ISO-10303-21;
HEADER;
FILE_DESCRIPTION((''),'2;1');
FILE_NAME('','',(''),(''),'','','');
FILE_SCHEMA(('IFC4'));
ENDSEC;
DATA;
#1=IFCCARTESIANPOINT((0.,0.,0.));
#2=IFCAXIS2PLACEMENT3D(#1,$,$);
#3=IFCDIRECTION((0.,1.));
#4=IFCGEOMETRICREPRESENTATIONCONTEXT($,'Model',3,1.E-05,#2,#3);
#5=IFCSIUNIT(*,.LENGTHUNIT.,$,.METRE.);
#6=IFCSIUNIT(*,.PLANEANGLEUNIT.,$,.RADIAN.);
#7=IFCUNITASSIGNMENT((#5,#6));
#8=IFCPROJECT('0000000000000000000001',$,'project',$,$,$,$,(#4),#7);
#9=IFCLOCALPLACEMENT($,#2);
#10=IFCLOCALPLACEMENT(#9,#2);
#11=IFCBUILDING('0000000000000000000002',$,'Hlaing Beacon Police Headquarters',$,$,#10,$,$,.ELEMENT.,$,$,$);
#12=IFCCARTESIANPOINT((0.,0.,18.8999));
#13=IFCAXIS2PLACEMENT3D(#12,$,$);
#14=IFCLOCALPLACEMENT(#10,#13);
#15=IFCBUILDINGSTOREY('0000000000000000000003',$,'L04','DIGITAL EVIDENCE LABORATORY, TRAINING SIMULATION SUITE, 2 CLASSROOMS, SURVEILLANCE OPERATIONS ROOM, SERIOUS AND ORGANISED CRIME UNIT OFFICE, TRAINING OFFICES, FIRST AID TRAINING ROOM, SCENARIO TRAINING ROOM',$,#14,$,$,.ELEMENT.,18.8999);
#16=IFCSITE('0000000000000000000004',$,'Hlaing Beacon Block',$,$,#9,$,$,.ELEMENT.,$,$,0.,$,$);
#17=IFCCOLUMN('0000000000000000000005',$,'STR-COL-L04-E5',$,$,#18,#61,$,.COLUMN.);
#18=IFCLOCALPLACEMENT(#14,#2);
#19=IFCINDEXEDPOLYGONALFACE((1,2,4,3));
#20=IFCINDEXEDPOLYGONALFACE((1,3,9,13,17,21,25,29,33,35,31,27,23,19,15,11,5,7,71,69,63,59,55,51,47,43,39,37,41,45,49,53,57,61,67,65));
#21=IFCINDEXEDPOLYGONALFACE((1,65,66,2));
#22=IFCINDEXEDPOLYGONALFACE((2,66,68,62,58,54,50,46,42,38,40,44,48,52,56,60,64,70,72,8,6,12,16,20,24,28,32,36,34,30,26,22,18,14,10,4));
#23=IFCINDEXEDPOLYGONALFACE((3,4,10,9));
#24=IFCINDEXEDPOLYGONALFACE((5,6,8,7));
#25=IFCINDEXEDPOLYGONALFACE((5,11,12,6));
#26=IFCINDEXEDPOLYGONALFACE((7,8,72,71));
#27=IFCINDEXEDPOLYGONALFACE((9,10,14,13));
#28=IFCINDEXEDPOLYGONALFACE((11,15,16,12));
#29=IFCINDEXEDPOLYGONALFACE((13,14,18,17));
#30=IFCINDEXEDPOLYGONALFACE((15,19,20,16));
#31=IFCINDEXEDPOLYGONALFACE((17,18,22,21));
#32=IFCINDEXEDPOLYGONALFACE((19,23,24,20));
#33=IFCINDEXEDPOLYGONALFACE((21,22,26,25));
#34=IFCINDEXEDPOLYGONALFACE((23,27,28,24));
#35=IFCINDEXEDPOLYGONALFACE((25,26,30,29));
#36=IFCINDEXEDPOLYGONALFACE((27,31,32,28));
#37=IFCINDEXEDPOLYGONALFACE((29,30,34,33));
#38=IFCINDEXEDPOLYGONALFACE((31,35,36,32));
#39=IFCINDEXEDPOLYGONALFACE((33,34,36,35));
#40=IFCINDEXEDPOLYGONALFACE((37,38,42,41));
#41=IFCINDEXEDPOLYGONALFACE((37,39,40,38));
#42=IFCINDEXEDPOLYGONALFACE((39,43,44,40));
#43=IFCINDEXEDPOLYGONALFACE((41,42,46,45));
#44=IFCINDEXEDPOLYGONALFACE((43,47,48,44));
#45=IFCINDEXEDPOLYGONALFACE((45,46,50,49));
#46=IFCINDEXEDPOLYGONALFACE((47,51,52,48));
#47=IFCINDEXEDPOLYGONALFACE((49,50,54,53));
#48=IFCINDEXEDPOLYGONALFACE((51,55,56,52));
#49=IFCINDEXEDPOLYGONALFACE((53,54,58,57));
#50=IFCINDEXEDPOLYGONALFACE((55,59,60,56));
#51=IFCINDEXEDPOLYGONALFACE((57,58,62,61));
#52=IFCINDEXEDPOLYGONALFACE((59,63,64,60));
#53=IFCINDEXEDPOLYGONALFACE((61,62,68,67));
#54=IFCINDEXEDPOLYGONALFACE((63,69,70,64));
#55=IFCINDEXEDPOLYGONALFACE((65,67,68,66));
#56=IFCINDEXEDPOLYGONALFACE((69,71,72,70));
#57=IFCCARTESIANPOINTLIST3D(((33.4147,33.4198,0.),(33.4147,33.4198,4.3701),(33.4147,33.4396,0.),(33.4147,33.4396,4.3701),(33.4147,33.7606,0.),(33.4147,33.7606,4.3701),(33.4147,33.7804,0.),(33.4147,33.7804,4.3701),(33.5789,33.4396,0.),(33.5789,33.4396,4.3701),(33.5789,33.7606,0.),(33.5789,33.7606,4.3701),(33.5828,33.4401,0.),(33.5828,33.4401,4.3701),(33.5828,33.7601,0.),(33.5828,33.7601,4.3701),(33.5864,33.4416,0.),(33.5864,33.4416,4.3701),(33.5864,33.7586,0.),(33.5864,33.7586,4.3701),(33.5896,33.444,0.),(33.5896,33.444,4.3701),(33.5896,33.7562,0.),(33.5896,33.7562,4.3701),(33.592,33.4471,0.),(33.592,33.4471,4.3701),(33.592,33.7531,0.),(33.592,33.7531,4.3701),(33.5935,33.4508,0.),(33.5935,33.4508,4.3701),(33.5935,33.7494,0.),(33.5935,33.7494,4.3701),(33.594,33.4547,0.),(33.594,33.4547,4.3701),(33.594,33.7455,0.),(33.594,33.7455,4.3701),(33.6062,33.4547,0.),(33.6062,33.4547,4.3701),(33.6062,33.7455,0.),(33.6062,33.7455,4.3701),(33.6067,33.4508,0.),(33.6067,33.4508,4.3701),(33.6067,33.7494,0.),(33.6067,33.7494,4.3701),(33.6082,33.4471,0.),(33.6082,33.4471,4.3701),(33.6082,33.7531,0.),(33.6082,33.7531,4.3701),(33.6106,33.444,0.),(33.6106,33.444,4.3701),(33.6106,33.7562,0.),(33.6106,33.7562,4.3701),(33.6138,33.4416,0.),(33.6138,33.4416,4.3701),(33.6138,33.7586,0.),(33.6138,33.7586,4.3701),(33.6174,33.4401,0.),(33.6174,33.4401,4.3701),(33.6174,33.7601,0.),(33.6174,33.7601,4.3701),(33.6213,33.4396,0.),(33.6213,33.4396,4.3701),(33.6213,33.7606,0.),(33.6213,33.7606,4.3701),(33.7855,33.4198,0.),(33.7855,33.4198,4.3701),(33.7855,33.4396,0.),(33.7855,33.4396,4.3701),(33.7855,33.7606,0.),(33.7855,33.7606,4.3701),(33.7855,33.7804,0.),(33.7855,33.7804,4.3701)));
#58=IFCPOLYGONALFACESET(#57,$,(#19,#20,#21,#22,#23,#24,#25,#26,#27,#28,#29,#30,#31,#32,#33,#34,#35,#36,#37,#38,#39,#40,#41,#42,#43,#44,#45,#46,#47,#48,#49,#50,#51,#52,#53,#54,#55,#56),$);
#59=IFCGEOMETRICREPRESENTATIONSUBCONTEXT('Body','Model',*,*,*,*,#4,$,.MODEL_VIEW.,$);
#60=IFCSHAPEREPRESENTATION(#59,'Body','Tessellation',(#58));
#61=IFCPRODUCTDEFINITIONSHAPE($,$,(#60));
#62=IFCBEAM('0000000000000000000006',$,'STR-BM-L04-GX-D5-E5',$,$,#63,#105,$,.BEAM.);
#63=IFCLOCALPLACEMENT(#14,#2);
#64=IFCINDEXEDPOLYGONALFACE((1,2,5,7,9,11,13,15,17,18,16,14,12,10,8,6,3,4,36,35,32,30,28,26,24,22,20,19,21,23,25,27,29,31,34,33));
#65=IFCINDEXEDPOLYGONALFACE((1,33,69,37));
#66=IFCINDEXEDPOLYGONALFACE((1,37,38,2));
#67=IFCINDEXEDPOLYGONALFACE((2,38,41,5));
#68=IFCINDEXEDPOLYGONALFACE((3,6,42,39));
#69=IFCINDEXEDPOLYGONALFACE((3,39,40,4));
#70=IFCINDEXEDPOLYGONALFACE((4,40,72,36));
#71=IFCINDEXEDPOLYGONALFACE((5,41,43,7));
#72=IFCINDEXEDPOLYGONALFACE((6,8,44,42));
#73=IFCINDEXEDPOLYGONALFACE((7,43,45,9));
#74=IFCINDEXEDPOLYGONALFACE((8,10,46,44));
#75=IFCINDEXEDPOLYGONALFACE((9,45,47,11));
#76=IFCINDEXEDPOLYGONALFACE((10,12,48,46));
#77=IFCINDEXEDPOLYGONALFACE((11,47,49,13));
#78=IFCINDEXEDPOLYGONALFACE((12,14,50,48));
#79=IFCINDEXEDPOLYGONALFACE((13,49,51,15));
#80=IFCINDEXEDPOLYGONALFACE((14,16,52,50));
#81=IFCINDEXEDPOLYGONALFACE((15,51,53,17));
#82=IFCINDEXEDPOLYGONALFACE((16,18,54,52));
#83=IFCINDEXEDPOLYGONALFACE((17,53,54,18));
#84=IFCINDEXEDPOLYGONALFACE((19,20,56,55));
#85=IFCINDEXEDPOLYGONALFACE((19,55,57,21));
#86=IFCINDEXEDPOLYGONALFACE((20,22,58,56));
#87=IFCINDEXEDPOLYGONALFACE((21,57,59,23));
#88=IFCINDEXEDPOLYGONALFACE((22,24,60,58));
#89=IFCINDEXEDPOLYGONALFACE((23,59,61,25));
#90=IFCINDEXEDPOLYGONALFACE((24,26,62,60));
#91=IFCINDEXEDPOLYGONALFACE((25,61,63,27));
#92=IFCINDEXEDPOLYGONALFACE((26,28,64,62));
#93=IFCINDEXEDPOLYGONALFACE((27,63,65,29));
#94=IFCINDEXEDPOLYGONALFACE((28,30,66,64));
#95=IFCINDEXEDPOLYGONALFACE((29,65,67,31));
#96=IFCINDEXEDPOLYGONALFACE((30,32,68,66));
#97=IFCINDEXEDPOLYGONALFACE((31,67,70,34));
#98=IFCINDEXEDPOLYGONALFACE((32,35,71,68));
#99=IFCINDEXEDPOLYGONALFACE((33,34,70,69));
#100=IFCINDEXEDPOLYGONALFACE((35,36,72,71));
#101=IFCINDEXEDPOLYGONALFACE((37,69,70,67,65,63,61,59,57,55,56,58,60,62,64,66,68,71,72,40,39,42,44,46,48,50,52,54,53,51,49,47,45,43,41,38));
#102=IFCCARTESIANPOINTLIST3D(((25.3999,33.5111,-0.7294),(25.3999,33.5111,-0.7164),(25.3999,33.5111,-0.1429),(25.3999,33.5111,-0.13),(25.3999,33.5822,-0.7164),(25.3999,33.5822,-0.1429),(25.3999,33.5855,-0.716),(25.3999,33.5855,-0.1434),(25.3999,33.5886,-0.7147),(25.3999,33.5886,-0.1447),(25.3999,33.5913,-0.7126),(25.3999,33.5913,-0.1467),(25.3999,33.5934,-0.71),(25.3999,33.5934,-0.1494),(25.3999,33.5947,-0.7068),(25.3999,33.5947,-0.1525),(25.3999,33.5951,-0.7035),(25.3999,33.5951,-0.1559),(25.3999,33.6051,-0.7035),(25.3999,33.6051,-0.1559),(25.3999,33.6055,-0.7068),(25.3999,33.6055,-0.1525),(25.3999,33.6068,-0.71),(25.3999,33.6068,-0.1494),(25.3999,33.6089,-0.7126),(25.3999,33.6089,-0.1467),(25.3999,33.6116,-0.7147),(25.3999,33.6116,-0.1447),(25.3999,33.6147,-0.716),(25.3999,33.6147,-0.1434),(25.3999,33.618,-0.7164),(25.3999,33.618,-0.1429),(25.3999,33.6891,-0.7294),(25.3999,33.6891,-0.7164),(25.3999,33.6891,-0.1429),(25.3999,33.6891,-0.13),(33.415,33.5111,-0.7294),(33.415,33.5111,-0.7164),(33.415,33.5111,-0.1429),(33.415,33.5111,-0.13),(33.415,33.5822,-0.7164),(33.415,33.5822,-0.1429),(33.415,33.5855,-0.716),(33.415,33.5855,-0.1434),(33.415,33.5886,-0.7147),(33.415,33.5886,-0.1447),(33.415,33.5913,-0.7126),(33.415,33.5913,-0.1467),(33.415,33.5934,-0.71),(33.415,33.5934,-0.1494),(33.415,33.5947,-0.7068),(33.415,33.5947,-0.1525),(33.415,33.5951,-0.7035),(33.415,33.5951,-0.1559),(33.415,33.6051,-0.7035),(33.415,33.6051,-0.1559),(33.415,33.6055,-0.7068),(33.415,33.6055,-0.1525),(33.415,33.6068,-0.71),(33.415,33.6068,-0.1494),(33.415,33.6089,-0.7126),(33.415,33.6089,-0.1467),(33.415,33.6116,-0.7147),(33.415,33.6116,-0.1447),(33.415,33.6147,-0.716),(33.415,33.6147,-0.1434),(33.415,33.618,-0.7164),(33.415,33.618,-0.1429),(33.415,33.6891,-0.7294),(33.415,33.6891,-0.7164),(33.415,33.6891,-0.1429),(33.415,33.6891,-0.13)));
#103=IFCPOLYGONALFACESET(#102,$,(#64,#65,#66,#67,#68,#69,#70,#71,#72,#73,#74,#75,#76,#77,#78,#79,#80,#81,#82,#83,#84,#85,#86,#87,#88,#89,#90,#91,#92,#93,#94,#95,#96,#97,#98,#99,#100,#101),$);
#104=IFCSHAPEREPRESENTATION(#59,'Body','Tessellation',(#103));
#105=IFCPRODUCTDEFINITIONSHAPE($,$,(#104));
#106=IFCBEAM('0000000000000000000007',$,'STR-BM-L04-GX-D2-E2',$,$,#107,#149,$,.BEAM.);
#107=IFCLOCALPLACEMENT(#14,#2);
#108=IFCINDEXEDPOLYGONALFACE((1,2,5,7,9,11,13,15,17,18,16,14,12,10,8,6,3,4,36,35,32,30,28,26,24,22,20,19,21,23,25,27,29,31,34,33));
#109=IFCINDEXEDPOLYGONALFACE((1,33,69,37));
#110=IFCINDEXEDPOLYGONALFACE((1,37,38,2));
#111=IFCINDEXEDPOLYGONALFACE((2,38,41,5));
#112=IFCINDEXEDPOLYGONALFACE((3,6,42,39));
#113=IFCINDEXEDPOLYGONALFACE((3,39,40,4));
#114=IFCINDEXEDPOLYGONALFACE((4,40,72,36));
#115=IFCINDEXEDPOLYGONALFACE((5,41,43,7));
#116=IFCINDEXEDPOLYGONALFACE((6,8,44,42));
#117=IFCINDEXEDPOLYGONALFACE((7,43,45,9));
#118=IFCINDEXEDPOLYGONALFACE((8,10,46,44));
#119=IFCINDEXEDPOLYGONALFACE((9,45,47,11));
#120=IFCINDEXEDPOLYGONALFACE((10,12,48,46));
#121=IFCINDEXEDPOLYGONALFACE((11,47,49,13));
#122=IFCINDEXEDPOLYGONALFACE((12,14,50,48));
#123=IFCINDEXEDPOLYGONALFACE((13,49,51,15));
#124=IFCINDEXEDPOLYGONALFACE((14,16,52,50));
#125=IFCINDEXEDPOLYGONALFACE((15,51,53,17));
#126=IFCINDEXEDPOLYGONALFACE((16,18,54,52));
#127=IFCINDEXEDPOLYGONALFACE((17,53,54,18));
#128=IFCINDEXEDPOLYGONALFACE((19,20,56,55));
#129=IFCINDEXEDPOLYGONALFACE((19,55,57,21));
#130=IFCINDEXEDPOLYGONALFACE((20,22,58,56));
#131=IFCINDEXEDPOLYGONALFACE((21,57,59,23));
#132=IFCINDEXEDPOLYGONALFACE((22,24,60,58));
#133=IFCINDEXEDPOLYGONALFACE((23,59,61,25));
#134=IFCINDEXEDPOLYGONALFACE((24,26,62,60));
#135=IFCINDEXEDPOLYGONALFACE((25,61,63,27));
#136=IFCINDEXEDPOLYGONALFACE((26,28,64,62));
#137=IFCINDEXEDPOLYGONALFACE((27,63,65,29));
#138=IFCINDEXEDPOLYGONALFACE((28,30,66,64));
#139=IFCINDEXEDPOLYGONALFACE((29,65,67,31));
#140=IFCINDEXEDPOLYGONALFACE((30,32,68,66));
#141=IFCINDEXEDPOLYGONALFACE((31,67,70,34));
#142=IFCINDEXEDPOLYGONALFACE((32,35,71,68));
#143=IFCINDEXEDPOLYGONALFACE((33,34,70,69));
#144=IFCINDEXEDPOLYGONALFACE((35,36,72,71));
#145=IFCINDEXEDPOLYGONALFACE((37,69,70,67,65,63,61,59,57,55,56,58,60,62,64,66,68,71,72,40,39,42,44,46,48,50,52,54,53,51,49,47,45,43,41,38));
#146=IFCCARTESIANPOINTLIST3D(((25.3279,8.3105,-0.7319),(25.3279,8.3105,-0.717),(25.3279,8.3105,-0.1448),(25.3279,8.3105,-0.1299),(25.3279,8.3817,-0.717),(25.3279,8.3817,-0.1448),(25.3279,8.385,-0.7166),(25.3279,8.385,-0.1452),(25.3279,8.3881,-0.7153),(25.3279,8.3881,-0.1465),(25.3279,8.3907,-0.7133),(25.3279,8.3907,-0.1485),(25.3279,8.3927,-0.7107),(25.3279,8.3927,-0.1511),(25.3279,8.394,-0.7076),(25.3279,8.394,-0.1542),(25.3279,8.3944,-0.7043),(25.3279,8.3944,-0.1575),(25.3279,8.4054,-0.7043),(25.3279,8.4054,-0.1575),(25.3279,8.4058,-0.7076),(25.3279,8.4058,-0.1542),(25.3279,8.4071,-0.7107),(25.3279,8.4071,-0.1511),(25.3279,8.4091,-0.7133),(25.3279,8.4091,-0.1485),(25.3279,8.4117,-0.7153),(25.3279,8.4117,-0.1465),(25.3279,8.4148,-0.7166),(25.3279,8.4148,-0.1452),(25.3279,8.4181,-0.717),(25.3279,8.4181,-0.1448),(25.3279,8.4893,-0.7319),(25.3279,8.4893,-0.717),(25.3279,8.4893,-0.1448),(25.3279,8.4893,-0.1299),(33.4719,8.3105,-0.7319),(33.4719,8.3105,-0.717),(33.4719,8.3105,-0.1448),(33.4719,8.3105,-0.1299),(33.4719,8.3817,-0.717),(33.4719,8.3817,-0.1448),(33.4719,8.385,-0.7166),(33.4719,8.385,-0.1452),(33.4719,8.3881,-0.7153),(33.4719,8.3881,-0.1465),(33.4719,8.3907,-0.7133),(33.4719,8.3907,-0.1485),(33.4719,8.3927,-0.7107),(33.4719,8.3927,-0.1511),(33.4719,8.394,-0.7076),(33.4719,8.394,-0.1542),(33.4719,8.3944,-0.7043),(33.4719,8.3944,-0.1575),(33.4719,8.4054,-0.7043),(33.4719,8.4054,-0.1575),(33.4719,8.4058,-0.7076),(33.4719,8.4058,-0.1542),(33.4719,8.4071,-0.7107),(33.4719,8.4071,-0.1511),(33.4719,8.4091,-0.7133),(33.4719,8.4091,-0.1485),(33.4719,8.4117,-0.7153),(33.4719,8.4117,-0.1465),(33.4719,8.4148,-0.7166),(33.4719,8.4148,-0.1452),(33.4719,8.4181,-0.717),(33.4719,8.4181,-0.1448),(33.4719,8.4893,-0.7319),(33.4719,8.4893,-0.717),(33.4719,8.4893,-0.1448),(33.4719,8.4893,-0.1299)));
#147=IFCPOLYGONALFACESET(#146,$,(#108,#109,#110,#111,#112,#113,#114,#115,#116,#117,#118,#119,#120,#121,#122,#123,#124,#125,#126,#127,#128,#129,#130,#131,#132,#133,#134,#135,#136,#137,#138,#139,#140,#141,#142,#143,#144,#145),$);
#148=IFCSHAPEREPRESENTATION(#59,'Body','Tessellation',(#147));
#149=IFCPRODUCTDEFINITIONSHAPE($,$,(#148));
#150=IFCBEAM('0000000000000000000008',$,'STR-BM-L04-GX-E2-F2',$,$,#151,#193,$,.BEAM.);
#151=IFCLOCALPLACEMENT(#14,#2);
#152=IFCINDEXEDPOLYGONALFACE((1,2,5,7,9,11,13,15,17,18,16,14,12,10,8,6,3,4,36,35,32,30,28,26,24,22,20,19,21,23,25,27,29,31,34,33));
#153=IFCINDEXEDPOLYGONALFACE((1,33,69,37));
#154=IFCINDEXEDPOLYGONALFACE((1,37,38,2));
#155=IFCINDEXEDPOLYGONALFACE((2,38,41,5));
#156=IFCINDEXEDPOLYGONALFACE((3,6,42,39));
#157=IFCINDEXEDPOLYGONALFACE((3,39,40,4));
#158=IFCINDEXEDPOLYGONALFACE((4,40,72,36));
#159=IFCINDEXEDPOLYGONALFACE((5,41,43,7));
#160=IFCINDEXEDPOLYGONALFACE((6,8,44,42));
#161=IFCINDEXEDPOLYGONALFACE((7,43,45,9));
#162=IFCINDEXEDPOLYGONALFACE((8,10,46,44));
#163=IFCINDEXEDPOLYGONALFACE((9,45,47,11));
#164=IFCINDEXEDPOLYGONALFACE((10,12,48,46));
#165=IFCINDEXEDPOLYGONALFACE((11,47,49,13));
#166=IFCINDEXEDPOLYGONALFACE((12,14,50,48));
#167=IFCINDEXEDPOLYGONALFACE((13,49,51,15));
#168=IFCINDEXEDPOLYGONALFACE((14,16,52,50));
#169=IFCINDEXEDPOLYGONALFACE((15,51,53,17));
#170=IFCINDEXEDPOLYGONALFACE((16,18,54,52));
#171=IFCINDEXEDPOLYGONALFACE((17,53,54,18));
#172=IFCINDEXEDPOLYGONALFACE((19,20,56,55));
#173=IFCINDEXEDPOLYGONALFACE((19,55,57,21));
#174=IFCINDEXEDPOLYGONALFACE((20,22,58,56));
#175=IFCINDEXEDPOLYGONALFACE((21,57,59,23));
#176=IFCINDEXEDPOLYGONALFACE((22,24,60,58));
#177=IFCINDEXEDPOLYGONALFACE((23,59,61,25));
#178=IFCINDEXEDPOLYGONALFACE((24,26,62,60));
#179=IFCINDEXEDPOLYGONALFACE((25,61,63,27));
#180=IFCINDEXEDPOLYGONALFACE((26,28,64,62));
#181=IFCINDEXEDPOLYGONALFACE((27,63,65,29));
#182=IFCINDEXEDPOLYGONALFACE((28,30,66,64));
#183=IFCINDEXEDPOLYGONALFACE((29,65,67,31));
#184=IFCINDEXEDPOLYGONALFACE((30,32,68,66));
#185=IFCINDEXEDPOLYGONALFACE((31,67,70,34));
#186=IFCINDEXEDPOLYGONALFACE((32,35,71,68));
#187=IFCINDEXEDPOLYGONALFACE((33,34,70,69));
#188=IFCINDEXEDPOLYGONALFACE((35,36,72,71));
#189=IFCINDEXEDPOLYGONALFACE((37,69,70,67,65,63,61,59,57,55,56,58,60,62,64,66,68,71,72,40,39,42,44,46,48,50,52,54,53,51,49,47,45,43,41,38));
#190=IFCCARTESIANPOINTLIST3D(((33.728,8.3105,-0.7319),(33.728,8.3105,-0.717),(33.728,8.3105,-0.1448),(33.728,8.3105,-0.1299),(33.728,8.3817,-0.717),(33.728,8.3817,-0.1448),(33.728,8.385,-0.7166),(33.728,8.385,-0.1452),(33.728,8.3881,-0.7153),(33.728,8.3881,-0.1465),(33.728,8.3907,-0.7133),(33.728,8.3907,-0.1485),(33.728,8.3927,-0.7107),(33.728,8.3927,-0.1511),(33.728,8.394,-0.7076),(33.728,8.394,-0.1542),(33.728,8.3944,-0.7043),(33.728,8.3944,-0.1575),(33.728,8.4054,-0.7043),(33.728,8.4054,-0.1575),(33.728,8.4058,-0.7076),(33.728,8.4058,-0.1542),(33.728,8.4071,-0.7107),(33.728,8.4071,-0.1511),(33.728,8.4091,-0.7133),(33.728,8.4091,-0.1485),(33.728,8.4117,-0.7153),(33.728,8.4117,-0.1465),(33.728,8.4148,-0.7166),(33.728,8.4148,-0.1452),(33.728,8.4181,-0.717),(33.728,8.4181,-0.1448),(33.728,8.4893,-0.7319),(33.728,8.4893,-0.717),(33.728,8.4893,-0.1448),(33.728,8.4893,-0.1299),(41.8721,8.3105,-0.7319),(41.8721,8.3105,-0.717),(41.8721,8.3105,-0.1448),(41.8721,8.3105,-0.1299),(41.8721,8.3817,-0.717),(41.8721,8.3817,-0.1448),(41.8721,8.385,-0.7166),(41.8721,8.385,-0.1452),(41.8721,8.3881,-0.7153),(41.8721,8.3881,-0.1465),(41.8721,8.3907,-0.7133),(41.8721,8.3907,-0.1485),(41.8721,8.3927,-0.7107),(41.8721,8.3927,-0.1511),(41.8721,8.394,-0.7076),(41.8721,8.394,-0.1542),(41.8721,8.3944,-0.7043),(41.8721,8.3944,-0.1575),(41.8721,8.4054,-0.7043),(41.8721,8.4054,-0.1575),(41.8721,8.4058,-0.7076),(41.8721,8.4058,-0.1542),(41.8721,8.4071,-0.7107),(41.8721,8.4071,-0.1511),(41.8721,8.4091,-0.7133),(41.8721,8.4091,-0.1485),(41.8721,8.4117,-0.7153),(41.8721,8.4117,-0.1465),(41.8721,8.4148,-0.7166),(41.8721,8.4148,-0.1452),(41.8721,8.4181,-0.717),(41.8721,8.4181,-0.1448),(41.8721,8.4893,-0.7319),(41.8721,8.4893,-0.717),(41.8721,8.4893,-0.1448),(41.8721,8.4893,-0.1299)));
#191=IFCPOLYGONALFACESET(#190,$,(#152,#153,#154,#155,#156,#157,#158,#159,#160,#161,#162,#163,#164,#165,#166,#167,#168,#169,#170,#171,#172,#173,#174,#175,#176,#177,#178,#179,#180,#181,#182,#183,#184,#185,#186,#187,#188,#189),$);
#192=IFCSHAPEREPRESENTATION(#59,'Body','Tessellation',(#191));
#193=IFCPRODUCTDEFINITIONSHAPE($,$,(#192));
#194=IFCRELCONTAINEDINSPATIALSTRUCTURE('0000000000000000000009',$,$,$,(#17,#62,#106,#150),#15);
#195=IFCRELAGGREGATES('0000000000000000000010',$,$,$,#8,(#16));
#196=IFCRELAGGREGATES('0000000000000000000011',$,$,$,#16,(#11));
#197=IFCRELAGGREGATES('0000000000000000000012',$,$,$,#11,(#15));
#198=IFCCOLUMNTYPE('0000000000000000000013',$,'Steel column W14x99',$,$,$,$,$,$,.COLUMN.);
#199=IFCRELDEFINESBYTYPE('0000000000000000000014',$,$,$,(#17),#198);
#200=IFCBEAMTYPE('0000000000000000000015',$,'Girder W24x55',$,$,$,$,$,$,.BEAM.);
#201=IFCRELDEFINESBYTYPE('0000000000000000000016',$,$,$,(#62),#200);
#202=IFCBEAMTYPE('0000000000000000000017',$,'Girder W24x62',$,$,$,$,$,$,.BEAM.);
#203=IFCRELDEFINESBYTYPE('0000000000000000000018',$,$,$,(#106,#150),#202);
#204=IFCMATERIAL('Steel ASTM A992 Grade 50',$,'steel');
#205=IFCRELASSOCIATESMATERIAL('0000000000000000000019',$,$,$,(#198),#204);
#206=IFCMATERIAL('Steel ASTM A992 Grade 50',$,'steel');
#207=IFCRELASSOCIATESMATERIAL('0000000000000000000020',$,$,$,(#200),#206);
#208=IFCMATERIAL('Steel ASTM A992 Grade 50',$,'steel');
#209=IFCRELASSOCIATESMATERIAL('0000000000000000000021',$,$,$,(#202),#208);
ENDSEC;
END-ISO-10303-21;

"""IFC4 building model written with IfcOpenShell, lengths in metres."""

from ifc_helpers import new_model, si_unit, direction, frame, origin, origin_2d, place, context, subcontext, project, spatial, i_section, extrude, material, material_profile, profile_set, type_object, element, save


model = new_model("IFC4")

# Units and contexts
model_context = context("Model", 3, precision=1e-05, world=origin(), true_north=direction((0.0, 1.0)))
body_context = subcontext(model_context, "Body", "Model", "MODEL_VIEW")
ifc_project = project(units=[si_unit("LENGTHUNIT", "METRE"), si_unit("PLANEANGLEUNIT", "RADIAN")], contexts=[model_context])

# Site, building, storey
site_placement = place(None, origin())
site = spatial("IfcSite", under=ifc_project, at=site_placement, Name="Hlaing Beacon Block", CompositionType="ELEMENT", RefElevation=0.0)
building_placement = place(site_placement, origin())
building = spatial("IfcBuilding", under=site, at=building_placement, Name="Hlaing Beacon Police Headquarters", CompositionType="ELEMENT")
storey_placement = place(building_placement, frame((0.0, 0.0, 18.8999)))
storey = spatial("IfcBuildingStorey", under=building, at=storey_placement, Name="L04", Description="DIGITAL EVIDENCE LABORATORY, TRAINING SIMULATION SUITE, 2 CLASSROOMS, SURVEILLANCE OPERATIONS ROOM, SERIOUS AND ORGANISED CRIME UNIT OFFICE, TRAINING OFFICES, FIRST AID TRAINING ROOM, SCENARIO TRAINING ROOM", CompositionType="ELEMENT", Elevation=18.8999)

# Column
ifc_material_1 = material(Name="Steel ASTM A992 Grade 50", Category="steel")
ifc_material_profile_1 = material_profile(ifc_material_1, i_section(OverallWidth=0.3708, OverallDepth=0.3606, WebThickness=0.0122, FlangeThickness=0.0198, FilletRadius=0.0151, at=origin_2d()), Name="W14x99")
ifc_profile_set_1 = profile_set([ifc_material_profile_1], Name="Steel ASTM A992 Grade 50")
column_type = type_object("IfcColumnType", Name="Steel column W14x99", PredefinedType="COLUMN", material=ifc_profile_set_1)
column_placement = place(storey_placement, frame((33.6001, 33.6001, 0.0), z_axis=(0.0, 0.0, 1.0), x_axis=(1.0, 0.0, 0.0)))
element("IfcColumn", 1, at=column_placement, inside=storey, type_object=column_type, Name="STR-COL-L04-E5", PredefinedType="COLUMN", context=body_context, shape_type="SweptSolid", body=[
    extrude(i_section(OverallWidth=0.3708, OverallDepth=0.3606, WebThickness=0.0122, FlangeThickness=0.0198, FilletRadius=0.0151, at=origin_2d()), origin(), (0.0, 0.0, 1.0), 4.3701),
])

# Beams
ifc_material_2 = material(Name="Steel ASTM A992 Grade 50", Category="steel")
ifc_material_profile_2 = material_profile(ifc_material_2, i_section(OverallWidth=0.178, OverallDepth=0.5994, WebThickness=0.01, FlangeThickness=0.0129, FilletRadius=0.0129, at=origin_2d()), Name="W24x55")
ifc_profile_set_2 = profile_set([ifc_material_profile_2], Name="Steel ASTM A992 Grade 50")
beam_type_1 = type_object("IfcBeamType", Name="Girder W24x55", PredefinedType="BEAM", material=ifc_profile_set_2)
beam_1_placement = place(storey_placement, frame((25.3999, 33.6001, -0.4297), z_axis=(1.0, 0.0, 0.0), x_axis=(0.0, 1.0, 0.0)))
element("IfcBeam", 2, at=beam_1_placement, inside=storey, type_object=beam_type_1, Name="STR-BM-L04-GX-D5-E5", PredefinedType="BEAM", context=body_context, shape_type="SweptSolid", body=[
    extrude(i_section(OverallWidth=0.178, OverallDepth=0.5994, WebThickness=0.01, FlangeThickness=0.0129, FilletRadius=0.0129, at=origin_2d()), origin(), (0.0, 0.0, 1.0), 8.0151),
])
ifc_material_3 = material(Name="Steel ASTM A992 Grade 50", Category="steel")
ifc_material_profile_3 = material_profile(ifc_material_3, i_section(OverallWidth=0.1787, OverallDepth=0.6021, WebThickness=0.011, FlangeThickness=0.0149, FilletRadius=0.0127, at=origin_2d()), Name="W24x62")
ifc_profile_set_3 = profile_set([ifc_material_profile_3], Name="Steel ASTM A992 Grade 50")
beam_type_2 = type_object("IfcBeamType", Name="Girder W24x62", PredefinedType="BEAM", material=ifc_profile_set_3)
for number, where, z_axis, x_axis, name in (
    (3, (25.3279, 8.3999, -0.4309), (1.0, 0.0, 0.0), (0.0, 1.0, 0.0), "STR-BM-L04-GX-D2-E2"),
    (4, (33.728, 8.3999, -0.4309), (1.0, 0.0, 0.0), (0.0, 1.0, 0.0), "STR-BM-L04-GX-E2-F2"),
):
    element("IfcBeam", number, at=place(storey_placement, frame(where, z_axis=z_axis, x_axis=x_axis)), inside=storey, type_object=beam_type_2, Name=name, PredefinedType="BEAM", context=body_context, shape_type="SweptSolid", body=[
        extrude(i_section(OverallWidth=0.1787, OverallDepth=0.6021, WebThickness=0.011, FlangeThickness=0.0149, FilletRadius=0.0127, at=origin_2d()), origin(), (0.0, 0.0, 1.0), 8.144),
    ])

save(model, "model.ifc")
